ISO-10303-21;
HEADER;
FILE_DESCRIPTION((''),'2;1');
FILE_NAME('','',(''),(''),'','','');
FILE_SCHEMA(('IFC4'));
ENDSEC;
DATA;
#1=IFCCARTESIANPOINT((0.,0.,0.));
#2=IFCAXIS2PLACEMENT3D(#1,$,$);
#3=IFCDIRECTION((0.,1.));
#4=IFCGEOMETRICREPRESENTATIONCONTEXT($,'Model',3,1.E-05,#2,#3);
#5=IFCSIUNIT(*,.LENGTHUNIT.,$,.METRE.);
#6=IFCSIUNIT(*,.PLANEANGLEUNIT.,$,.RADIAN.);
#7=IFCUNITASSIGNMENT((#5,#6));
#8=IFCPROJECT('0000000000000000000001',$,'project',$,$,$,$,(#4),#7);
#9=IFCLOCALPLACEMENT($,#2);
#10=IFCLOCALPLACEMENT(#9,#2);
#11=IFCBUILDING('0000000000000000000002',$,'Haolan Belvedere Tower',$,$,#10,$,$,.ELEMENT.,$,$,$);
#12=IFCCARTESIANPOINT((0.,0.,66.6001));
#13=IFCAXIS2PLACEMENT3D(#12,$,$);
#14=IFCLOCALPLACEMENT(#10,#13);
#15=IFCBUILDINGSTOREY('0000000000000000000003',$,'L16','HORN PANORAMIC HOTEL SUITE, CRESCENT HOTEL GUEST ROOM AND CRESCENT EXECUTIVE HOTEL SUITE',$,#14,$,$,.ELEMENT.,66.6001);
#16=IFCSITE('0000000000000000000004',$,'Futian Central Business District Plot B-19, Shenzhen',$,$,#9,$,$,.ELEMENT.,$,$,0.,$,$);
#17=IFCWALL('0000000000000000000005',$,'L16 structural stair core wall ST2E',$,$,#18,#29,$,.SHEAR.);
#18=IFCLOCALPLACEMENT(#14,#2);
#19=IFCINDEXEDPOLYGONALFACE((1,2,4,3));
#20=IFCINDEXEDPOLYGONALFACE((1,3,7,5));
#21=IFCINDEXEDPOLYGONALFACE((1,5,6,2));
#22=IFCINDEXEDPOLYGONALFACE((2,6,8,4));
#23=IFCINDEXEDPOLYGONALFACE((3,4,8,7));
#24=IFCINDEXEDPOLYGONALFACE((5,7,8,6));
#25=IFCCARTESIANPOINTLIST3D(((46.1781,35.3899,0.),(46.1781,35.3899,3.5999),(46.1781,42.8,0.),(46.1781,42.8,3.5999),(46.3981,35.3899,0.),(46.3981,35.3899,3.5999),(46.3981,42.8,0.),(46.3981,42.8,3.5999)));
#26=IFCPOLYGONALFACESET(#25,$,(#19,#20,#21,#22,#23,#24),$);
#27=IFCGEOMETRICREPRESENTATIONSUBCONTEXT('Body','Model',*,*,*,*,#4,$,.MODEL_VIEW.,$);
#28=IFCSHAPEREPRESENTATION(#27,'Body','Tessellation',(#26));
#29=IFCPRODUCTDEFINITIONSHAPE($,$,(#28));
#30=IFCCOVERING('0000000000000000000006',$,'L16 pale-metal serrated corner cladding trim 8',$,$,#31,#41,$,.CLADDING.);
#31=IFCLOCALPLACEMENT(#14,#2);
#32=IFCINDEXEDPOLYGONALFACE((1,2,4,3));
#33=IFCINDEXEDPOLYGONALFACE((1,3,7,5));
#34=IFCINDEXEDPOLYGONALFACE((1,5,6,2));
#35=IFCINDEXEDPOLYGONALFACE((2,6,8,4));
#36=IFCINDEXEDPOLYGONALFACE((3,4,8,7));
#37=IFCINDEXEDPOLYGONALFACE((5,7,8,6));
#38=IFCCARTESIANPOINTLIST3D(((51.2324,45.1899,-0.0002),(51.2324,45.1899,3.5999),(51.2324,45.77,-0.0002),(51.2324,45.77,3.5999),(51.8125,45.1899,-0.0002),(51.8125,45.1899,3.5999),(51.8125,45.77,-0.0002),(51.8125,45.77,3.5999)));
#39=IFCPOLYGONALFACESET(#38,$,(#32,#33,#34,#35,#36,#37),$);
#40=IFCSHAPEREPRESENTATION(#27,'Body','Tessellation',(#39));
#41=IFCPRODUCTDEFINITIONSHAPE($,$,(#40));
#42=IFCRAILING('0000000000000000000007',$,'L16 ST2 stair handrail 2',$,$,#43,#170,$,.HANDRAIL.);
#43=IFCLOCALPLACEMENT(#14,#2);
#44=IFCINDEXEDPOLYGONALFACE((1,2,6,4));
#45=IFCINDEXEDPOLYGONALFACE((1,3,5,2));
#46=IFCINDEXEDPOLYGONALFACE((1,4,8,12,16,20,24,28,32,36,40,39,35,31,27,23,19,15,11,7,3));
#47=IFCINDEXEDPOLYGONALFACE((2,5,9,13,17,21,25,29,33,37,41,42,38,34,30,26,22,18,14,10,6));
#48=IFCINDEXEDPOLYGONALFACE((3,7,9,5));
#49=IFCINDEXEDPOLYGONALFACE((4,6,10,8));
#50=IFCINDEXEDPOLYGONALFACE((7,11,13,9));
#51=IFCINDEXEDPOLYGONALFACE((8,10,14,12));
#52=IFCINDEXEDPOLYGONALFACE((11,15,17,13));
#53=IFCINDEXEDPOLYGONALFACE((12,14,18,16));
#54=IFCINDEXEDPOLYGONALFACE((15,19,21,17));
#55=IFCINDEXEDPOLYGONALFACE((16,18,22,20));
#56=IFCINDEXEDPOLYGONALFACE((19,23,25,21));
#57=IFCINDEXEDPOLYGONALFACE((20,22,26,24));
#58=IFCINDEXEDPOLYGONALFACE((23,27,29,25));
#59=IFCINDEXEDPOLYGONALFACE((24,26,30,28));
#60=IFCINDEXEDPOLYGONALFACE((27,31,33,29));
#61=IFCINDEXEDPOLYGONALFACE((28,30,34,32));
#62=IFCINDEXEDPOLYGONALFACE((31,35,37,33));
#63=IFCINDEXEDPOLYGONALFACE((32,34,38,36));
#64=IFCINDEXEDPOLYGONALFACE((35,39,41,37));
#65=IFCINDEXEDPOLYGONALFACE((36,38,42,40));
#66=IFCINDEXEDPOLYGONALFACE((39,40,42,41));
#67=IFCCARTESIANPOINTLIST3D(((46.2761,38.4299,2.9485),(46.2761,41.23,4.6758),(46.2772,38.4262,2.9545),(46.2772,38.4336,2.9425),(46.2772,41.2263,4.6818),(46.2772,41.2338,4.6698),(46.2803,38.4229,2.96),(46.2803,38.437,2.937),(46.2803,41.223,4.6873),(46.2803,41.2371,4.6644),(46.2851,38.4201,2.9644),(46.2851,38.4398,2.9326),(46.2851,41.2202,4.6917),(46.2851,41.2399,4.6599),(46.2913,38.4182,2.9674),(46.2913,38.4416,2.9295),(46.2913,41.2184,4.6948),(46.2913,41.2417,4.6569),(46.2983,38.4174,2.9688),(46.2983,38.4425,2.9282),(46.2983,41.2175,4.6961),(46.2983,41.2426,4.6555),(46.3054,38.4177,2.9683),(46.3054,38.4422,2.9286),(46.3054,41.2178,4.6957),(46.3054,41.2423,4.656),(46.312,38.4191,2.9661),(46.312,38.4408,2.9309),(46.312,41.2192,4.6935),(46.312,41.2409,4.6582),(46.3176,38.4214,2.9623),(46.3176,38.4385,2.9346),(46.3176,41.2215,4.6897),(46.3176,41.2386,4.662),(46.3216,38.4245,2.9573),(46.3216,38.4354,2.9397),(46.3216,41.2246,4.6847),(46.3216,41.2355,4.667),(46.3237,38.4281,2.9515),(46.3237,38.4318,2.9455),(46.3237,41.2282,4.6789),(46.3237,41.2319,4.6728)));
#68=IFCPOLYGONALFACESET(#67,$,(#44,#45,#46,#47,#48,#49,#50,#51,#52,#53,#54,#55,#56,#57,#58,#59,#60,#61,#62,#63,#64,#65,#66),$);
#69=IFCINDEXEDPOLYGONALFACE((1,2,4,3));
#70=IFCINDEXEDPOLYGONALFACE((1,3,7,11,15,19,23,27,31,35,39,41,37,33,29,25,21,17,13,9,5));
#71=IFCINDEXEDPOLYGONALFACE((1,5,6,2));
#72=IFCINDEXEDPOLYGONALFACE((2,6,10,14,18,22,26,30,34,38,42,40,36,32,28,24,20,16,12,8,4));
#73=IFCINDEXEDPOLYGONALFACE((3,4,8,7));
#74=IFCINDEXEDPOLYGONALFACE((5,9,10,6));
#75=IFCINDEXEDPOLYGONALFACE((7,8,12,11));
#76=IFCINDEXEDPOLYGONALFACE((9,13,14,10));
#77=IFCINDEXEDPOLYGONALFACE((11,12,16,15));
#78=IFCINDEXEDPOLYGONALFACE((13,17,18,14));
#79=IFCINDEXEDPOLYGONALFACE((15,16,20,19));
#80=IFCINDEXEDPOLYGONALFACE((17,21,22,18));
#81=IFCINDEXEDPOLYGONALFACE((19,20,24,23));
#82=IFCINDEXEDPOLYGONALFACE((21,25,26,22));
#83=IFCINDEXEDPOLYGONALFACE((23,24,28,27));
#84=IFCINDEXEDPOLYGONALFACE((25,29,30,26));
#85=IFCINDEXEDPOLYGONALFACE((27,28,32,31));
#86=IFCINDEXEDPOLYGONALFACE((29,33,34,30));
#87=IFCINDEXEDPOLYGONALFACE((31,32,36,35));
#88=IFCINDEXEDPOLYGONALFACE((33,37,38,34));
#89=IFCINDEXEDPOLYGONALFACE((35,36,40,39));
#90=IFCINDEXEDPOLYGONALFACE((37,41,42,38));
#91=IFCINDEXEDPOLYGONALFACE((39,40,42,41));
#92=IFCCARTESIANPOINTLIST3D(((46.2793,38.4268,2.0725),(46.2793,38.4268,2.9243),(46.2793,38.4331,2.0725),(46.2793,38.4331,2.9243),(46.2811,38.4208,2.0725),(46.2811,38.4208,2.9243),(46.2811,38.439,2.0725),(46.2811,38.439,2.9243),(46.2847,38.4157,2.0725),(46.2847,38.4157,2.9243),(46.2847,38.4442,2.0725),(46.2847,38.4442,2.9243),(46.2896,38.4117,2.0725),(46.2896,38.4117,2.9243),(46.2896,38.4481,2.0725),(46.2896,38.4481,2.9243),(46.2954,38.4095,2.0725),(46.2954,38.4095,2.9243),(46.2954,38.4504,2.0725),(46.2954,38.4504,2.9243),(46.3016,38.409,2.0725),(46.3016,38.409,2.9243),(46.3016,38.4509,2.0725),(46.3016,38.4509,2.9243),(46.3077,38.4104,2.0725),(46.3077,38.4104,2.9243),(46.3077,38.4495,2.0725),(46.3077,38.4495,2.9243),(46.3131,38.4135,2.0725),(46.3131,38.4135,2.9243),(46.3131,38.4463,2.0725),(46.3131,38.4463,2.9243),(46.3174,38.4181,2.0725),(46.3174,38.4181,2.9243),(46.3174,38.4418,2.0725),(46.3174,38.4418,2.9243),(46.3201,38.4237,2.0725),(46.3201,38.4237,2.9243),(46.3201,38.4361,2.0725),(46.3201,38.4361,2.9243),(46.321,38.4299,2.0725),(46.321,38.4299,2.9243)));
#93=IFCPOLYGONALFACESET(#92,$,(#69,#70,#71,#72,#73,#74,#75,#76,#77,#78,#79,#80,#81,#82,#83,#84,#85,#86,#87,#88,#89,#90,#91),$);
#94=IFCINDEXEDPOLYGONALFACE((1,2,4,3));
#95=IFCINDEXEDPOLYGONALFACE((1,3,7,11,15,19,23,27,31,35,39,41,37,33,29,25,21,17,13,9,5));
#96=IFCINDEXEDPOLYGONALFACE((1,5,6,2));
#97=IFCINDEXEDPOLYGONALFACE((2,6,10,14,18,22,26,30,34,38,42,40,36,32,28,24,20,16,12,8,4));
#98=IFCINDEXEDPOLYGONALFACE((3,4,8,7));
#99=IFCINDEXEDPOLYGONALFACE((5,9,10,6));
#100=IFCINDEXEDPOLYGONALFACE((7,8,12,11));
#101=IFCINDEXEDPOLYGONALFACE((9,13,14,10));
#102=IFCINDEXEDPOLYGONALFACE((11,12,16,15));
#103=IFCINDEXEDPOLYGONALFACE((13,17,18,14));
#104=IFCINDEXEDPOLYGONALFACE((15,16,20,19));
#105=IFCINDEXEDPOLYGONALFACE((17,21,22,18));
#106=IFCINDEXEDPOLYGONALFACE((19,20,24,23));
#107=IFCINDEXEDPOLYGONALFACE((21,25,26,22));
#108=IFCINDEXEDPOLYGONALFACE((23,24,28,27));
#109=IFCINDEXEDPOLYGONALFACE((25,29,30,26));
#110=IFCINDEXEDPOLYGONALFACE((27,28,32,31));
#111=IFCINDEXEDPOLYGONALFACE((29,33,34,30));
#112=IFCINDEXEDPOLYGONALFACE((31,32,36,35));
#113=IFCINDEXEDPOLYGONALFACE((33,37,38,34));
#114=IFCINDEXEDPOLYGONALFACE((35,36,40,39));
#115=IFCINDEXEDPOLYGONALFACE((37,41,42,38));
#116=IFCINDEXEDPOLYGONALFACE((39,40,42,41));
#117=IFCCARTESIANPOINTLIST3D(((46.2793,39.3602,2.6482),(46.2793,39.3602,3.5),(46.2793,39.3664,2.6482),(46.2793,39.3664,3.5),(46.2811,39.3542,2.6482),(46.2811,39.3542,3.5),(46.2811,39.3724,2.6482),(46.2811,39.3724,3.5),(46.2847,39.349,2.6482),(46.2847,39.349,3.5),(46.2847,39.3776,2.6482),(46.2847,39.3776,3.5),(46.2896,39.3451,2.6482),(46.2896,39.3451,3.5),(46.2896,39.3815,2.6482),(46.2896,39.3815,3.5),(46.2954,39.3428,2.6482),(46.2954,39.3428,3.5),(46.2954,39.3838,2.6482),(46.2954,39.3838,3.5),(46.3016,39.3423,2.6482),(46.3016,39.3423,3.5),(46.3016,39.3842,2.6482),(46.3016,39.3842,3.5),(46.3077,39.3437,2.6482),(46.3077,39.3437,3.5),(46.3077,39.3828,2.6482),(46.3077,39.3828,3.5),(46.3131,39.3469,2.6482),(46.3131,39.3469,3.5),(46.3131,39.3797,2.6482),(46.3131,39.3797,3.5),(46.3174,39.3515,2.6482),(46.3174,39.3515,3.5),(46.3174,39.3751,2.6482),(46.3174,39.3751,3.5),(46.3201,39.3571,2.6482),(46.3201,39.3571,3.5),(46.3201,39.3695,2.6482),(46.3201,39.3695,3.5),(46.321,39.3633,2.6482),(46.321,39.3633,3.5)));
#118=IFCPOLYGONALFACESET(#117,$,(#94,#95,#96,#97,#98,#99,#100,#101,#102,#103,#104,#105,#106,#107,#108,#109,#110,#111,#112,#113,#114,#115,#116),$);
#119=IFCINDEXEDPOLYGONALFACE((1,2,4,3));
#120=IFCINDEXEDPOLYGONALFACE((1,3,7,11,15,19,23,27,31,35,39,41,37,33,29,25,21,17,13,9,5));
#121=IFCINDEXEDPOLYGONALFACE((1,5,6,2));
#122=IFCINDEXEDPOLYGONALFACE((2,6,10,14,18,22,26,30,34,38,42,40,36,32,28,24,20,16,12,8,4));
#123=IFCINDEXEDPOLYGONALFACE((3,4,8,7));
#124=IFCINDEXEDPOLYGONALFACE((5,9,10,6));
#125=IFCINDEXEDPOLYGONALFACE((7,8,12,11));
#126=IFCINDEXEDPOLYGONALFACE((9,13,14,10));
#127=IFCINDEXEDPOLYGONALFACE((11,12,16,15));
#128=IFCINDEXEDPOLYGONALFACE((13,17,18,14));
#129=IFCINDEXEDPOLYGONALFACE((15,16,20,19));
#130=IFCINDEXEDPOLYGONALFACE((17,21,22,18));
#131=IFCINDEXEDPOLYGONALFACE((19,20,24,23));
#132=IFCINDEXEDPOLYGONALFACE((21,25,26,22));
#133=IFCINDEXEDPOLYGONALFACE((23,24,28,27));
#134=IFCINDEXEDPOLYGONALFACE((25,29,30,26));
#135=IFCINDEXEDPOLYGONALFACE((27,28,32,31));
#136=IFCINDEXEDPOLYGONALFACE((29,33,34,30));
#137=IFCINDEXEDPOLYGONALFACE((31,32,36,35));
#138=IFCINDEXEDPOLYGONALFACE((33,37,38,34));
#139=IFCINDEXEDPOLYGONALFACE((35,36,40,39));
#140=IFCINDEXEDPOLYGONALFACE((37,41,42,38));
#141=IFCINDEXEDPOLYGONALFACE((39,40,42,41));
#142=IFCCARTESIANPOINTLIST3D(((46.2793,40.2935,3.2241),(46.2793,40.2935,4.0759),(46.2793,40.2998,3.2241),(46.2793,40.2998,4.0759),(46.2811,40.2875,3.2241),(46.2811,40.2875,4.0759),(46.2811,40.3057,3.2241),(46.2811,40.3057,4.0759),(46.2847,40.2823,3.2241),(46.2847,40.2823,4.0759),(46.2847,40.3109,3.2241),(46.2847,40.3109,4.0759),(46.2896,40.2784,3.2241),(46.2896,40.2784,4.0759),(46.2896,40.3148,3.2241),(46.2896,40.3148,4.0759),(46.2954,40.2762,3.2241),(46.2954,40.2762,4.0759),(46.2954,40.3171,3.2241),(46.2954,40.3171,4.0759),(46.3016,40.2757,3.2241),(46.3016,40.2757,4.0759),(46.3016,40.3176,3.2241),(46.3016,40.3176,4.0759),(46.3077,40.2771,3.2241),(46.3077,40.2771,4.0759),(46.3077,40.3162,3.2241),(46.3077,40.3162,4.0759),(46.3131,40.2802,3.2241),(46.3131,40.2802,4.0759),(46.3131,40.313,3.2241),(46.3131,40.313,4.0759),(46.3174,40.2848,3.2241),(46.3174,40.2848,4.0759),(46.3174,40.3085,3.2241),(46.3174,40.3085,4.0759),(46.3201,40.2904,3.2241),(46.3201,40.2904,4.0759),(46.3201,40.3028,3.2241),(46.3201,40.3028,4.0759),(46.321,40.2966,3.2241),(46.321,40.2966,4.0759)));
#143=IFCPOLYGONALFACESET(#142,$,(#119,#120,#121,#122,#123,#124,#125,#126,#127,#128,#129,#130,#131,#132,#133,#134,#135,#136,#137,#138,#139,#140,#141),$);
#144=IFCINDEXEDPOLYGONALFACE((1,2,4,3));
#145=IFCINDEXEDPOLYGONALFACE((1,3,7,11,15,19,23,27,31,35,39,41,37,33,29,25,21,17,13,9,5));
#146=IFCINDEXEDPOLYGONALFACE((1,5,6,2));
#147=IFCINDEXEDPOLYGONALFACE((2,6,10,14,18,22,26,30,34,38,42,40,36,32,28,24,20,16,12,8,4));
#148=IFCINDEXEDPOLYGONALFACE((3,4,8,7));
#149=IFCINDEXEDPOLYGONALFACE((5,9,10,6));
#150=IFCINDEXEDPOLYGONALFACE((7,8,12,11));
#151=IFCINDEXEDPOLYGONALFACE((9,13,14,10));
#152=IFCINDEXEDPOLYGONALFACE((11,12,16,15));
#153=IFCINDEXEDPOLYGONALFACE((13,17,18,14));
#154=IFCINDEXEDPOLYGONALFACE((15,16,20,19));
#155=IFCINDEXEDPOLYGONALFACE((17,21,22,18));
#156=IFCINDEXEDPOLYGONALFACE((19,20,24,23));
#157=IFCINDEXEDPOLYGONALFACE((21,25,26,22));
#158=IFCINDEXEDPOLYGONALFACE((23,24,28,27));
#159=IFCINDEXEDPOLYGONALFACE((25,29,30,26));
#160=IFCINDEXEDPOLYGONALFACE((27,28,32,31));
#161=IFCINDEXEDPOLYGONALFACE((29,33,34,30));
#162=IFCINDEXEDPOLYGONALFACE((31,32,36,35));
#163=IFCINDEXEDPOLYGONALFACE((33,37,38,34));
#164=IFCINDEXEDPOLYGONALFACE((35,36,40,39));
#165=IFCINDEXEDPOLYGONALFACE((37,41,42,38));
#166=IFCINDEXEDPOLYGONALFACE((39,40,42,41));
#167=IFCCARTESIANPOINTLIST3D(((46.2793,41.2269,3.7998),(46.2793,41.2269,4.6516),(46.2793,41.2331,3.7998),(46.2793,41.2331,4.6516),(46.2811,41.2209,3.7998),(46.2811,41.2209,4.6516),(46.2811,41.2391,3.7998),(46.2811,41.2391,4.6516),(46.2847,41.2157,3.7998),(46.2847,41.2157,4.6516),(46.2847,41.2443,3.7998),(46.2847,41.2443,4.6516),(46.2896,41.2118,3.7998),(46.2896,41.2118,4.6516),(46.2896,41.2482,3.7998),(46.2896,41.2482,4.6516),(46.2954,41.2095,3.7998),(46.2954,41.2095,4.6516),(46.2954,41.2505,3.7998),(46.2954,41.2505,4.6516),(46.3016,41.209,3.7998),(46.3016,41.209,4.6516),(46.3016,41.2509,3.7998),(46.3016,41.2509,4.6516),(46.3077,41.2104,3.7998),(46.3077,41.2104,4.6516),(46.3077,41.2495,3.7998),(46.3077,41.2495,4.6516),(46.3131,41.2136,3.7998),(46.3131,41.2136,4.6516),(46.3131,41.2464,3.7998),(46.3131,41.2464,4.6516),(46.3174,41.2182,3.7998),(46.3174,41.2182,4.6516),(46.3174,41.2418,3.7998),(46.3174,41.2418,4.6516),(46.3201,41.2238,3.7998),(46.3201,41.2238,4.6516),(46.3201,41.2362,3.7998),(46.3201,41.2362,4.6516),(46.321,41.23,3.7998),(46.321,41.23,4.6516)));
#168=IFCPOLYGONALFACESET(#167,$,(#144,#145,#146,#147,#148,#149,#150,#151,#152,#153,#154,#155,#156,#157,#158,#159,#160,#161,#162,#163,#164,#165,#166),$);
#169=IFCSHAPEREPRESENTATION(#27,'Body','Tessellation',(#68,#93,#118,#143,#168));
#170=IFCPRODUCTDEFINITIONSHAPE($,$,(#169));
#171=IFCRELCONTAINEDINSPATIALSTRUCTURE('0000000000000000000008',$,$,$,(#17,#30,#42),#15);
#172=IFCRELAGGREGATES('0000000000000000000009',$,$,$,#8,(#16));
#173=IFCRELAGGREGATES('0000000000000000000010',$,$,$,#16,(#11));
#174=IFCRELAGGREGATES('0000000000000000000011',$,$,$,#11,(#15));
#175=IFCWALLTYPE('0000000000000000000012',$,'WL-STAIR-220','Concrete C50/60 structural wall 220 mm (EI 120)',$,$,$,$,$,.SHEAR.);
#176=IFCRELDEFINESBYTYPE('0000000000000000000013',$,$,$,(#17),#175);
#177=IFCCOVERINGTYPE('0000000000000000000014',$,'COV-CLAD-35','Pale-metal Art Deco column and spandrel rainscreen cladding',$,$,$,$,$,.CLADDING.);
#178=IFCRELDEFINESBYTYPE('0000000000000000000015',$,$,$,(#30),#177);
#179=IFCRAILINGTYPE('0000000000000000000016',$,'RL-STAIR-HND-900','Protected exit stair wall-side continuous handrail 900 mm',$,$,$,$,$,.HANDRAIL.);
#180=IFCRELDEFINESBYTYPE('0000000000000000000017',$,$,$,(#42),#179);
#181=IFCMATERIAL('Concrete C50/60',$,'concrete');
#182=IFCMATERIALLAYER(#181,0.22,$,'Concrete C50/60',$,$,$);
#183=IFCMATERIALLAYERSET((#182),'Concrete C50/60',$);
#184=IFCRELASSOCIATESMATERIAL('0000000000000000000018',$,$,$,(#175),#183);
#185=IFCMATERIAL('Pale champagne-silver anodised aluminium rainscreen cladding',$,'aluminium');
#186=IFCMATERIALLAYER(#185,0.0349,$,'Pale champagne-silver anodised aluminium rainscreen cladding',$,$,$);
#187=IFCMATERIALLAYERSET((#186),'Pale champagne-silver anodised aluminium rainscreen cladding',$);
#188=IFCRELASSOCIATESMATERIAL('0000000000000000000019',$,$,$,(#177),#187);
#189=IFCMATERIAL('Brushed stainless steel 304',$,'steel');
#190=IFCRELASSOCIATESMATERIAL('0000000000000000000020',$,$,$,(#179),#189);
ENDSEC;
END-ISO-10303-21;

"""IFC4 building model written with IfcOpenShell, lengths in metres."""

from ifc_helpers import new_model, si_unit, direction, frame, frame_2d, origin, origin_2d, place, context, subcontext, project, spatial, rectangle, circle, extrude, material, layer, layer_set, type_object, element, save


model = new_model("IFC4")

# Units and contexts
model_context = context("Model", 3, precision=1e-05, world=origin(), true_north=direction((0.0, 1.0)))
body_context = subcontext(model_context, "Body", "Model", "MODEL_VIEW")
ifc_project = project(units=[si_unit("LENGTHUNIT", "METRE"), si_unit("PLANEANGLEUNIT", "RADIAN")], contexts=[model_context])

# Site, building, storey
site_placement = place(None, origin())
site = spatial("IfcSite", under=ifc_project, at=site_placement, Name="Futian Central Business District Plot B-19, Shenzhen", CompositionType="ELEMENT", RefElevation=0.0)
building_placement = place(site_placement, origin())
building = spatial("IfcBuilding", under=site, at=building_placement, Name="Haolan Belvedere Tower", CompositionType="ELEMENT")
storey_placement = place(building_placement, frame((0.0, 0.0, 66.6001)))
storey = spatial("IfcBuildingStorey", under=building, at=storey_placement, Name="L16", Description="HORN PANORAMIC HOTEL SUITE, CRESCENT HOTEL GUEST ROOM AND CRESCENT EXECUTIVE HOTEL SUITE", CompositionType="ELEMENT", Elevation=66.6001)

# Wall
ifc_material_1 = material(Name="Concrete C50/60", Category="concrete")
ifc_layer_1 = layer(ifc_material_1, 0.22, Name="Concrete C50/60")
ifc_layer_set_1 = layer_set([ifc_layer_1], Name="Concrete C50/60")
wall_type_1 = type_object("IfcWallType", Name="WL-STAIR-220", Description="Concrete C50/60 structural wall 220 mm (EI 120)", PredefinedType="SHEAR", material=ifc_layer_set_1)
wall_1_placement = place(storey_placement, frame((46.2881, 35.3899, 0.0), z_axis=(0.0, 0.0, 1.0), x_axis=(0.0, 1.0, 0.0)))
element("IfcWall", 1, at=wall_1_placement, inside=storey, type_object=wall_type_1, Name="L16 structural stair core wall ST2E", PredefinedType="SHEAR", context=body_context, shape_type="SweptSolid", body=[
    extrude(rectangle(XDim=7.4102, YDim=0.22, at=frame_2d((3.7051, 0.0))), origin(), (0.0, 0.0, 1.0), 3.5999),
])

# Covering
ifc_material_2 = material(Name="Pale champagne-silver anodised aluminium rainscreen cladding", Category="aluminium")
ifc_layer_2 = layer(ifc_material_2, 0.0349, Name="Pale champagne-silver anodised aluminium rainscreen cladding")
ifc_layer_set_2 = layer_set([ifc_layer_2], Name="Pale champagne-silver anodised aluminium rainscreen cladding")
covering_type = type_object("IfcCoveringType", Name="COV-CLAD-35", Description="Pale-metal Art Deco column and spandrel rainscreen cladding", PredefinedType="CLADDING", material=ifc_layer_set_2)
covering_placement = place(storey_placement, frame((51.5225, 45.48, -0.0002), z_axis=(0.0, 0.0, 1.0), x_axis=(1.0, 0.0, 0.0)))
element("IfcCovering", 2, at=covering_placement, inside=storey, type_object=covering_type, Name="L16 pale-metal serrated corner cladding trim 8", PredefinedType="CLADDING", context=body_context, shape_type="SweptSolid", body=[
    extrude(rectangle(XDim=0.5801, YDim=0.5801, at=origin_2d()), origin(), (0.0, 0.0, 1.0), 3.6001),
])

# Railing
ifc_material_3 = material(Name="Brushed stainless steel 304", Category="steel")
railing_type = type_object("IfcRailingType", Name="RL-STAIR-HND-900", Description="Protected exit stair wall-side continuous handrail 900 mm", PredefinedType="HANDRAIL", material=ifc_material_3)
railing_placement = place(storey_placement, frame((46.3, 38.4299, 2.0725)))
element("IfcRailing", 3, at=railing_placement, inside=storey, type_object=railing_type, Name="L16 ST2 stair handrail 2", PredefinedType="HANDRAIL", context=body_context, shape_type="SweptSolid", body=[
    extrude(circle(Radius=0.0239, at=origin_2d()), frame((0.0, 0.0, 0.876), z_axis=(0.0, 0.85109, 0.52502), x_axis=(-1.0, 0.0, 0.0)), (0.0, 0.0, 1.0), 3.29),
    extrude(circle(Radius=0.021, at=origin_2d()), origin(), (0.0, 0.0, 1.0), 0.8518),
    extrude(circle(Radius=0.021, at=origin_2d()), frame((0.0, 0.9333, 0.5757)), (0.0, 0.0, 1.0), 0.8518),
    extrude(circle(Radius=0.021, at=origin_2d()), frame((0.0, 1.8667, 1.1516)), (0.0, 0.0, 1.0), 0.8518),
    extrude(circle(Radius=0.021, at=origin_2d()), frame((0.0, 2.8, 1.7273)), (0.0, 0.0, 1.0), 0.8518),
])

save(model, "model.ifc")
